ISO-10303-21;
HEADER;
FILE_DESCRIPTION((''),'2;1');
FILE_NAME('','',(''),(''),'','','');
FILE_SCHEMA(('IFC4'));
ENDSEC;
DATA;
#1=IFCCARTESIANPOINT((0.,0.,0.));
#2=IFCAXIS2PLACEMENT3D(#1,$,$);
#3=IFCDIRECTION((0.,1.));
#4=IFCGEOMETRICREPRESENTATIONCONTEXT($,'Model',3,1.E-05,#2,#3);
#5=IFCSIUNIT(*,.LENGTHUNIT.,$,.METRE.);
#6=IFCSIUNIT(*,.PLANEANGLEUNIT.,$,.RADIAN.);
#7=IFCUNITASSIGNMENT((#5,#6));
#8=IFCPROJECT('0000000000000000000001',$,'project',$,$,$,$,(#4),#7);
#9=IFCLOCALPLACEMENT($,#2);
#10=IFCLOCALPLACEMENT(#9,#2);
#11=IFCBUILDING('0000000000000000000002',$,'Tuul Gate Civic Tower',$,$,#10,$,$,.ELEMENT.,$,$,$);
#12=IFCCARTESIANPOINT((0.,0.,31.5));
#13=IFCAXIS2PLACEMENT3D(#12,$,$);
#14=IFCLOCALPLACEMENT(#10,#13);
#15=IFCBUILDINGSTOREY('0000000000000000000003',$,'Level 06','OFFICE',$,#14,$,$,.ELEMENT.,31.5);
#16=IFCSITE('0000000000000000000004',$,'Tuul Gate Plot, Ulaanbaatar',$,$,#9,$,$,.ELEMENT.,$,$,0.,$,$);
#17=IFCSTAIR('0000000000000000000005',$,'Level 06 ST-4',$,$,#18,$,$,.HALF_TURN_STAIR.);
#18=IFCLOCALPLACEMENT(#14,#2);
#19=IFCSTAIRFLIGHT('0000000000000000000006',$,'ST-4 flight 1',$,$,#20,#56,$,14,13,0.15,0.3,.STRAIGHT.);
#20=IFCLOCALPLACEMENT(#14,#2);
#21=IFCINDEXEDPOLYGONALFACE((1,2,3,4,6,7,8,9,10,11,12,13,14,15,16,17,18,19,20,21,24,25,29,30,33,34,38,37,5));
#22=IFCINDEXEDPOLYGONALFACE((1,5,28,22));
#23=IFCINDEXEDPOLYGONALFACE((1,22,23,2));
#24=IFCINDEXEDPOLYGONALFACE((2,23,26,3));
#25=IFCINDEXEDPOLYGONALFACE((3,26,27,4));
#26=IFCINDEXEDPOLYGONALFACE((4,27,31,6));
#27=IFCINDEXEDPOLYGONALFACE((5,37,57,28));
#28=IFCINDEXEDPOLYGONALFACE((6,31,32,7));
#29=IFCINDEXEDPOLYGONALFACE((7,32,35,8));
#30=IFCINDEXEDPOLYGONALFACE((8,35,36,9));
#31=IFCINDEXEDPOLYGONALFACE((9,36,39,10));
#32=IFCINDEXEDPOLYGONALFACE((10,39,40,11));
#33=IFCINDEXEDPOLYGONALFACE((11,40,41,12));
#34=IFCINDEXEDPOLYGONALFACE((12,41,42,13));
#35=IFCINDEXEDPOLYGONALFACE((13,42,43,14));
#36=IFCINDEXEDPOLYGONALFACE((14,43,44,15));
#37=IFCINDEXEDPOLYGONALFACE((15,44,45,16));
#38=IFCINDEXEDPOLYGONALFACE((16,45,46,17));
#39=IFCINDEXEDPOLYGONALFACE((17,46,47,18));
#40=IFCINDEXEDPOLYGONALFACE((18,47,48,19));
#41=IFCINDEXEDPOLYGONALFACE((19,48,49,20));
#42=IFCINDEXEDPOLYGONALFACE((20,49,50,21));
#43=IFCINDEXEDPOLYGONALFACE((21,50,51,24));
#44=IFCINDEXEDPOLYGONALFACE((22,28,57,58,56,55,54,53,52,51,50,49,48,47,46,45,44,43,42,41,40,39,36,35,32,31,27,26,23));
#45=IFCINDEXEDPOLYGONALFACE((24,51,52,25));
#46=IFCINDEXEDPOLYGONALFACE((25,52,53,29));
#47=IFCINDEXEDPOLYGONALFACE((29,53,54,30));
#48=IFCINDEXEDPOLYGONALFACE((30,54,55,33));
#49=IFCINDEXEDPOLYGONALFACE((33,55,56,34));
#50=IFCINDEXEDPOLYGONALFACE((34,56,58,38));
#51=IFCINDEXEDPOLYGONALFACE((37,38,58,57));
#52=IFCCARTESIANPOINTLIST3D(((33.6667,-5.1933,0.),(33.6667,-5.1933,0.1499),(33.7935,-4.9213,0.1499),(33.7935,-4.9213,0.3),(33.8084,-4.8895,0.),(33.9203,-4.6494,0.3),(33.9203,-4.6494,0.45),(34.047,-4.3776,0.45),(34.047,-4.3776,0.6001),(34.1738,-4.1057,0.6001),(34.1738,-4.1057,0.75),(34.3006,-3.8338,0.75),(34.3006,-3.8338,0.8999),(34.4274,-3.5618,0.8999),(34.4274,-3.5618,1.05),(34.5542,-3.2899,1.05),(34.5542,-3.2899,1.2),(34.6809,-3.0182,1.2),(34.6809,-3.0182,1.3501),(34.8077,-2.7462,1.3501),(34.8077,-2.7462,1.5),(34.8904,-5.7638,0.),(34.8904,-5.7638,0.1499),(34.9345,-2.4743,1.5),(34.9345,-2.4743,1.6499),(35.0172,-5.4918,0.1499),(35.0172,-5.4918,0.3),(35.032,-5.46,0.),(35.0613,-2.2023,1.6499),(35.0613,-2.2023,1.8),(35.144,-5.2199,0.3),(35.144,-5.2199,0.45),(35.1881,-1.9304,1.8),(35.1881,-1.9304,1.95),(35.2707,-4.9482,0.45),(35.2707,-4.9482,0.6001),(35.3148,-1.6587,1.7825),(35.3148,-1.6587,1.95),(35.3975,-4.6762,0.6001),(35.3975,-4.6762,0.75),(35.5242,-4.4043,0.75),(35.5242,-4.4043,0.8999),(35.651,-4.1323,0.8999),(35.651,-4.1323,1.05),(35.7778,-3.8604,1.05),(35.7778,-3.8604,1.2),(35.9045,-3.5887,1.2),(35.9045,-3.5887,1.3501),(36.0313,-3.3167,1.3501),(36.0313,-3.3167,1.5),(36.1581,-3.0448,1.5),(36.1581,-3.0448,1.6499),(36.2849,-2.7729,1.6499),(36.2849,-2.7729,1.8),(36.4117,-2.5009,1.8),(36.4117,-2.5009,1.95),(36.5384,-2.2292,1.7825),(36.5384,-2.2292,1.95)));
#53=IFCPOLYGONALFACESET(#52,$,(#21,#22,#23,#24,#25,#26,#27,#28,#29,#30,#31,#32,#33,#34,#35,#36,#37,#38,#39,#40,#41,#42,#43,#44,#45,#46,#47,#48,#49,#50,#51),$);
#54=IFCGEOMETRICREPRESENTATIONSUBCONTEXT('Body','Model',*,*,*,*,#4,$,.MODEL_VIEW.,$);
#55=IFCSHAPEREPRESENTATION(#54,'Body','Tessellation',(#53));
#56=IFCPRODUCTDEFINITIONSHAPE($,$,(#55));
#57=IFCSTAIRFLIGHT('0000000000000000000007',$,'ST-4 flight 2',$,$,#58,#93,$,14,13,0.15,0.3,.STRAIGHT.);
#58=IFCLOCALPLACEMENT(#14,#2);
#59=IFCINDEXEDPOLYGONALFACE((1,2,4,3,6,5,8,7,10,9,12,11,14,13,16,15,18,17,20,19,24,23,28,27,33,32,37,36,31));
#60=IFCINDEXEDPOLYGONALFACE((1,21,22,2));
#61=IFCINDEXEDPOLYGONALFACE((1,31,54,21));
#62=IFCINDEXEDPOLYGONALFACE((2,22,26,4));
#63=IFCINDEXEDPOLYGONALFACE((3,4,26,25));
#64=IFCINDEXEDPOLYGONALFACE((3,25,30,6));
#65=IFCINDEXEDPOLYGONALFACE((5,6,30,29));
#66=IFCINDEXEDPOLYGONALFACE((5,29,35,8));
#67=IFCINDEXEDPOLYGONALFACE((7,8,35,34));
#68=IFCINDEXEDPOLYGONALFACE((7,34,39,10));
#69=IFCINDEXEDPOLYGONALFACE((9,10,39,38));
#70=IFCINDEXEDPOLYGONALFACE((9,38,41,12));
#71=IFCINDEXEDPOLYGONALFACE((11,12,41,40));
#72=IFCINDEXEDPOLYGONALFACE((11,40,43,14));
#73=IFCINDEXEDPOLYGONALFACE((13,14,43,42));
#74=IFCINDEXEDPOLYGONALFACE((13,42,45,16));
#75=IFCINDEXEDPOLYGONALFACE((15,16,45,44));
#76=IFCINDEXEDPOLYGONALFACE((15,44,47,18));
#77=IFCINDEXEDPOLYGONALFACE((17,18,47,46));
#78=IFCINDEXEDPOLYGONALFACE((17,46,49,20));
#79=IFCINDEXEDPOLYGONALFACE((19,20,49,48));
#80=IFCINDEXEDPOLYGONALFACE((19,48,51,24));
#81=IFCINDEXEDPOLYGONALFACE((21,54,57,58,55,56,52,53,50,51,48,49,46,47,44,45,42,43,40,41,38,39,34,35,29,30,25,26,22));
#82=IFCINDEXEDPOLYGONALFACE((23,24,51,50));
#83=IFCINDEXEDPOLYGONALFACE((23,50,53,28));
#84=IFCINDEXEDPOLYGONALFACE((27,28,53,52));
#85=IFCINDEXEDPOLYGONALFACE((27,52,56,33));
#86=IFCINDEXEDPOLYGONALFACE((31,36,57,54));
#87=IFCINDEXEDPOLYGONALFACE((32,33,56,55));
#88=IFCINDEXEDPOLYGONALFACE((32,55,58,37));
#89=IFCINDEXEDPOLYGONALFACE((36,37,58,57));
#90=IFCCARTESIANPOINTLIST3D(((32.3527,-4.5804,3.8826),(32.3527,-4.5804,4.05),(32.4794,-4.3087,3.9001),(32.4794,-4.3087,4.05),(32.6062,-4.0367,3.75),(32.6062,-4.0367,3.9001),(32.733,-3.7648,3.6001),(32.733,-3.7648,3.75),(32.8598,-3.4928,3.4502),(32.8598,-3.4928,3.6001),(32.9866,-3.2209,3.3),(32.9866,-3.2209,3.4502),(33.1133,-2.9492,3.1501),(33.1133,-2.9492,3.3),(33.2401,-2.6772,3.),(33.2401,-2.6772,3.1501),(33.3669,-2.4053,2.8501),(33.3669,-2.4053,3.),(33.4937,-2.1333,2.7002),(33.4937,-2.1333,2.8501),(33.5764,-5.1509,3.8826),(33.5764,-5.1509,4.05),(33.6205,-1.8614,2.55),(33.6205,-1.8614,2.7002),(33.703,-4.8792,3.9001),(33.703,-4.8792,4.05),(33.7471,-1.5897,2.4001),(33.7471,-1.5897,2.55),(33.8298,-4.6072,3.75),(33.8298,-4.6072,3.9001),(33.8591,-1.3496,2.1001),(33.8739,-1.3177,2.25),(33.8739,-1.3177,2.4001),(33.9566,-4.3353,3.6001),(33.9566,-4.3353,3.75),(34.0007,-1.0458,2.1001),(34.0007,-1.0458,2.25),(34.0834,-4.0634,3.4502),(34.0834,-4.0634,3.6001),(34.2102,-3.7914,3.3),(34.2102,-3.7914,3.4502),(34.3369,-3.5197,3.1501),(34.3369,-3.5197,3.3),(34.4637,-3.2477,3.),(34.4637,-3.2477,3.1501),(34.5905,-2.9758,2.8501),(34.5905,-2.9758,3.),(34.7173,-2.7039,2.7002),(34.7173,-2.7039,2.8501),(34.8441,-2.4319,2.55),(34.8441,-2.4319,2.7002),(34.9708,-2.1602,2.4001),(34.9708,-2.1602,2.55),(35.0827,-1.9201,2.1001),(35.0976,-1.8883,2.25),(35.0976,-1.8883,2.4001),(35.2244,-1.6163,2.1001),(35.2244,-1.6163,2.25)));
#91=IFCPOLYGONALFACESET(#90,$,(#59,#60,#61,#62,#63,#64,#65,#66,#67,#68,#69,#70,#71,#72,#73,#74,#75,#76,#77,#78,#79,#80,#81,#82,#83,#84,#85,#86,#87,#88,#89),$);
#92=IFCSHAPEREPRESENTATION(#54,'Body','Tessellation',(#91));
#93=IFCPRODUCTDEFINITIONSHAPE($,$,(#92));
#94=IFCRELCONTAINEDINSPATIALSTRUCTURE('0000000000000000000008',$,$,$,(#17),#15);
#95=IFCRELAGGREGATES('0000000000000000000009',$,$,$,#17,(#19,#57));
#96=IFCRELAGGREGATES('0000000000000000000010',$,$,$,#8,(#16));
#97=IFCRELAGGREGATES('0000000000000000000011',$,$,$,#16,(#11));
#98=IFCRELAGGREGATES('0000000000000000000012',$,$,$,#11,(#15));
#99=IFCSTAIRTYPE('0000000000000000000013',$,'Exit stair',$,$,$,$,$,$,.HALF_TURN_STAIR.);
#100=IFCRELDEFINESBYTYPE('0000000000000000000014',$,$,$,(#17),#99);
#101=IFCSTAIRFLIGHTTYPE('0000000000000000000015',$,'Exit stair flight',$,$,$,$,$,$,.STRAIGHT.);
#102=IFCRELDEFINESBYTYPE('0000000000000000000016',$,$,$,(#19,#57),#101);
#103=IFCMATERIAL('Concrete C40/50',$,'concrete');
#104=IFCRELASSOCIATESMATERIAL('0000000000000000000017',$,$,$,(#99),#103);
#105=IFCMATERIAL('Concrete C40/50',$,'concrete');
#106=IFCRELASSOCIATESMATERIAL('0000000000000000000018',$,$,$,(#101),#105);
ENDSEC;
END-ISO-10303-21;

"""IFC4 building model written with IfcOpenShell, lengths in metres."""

from ifc_helpers import new_model, si_unit, direction, frame, origin, place, context, subcontext, project, spatial, polyline, outline, extrude, material, type_object, element, aggregate, save


model = new_model("IFC4")

# Units and contexts
model_context = context("Model", 3, precision=1e-05, world=origin(), true_north=direction((0.0, 1.0)))
body_context = subcontext(model_context, "Body", "Model", "MODEL_VIEW")
ifc_project = project(units=[si_unit("LENGTHUNIT", "METRE"), si_unit("PLANEANGLEUNIT", "RADIAN")], contexts=[model_context])

# Site, building, storey
site_placement = place(None, origin())
site = spatial("IfcSite", under=ifc_project, at=site_placement, Name="Tuul Gate Plot, Ulaanbaatar", CompositionType="ELEMENT", RefElevation=0.0)
building_placement = place(site_placement, origin())
building = spatial("IfcBuilding", under=site, at=building_placement, Name="Tuul Gate Civic Tower", CompositionType="ELEMENT")
storey_placement = place(building_placement, frame((0.0, 0.0, 31.5)))
storey = spatial("IfcBuildingStorey", under=building, at=storey_placement, Name="Level 06", Description="OFFICE", CompositionType="ELEMENT", Elevation=31.5)

# Stair, stair flights
ifc_material_1 = material(Name="Concrete C40/50", Category="concrete")
stair_type = type_object("IfcStairType", Name="Exit stair", PredefinedType="HALF_TURN_STAIR", material=ifc_material_1)
stair_placement = place(storey_placement, origin())
stair = element("IfcStair", 1, at=stair_placement, inside=storey, type_object=stair_type, Name="Level 06 ST-4", PredefinedType="HALF_TURN_STAIR")
ifc_material_2 = material(Name="Concrete C40/50", Category="concrete")
stair_flight_type = type_object("IfcStairFlightType", Name="Exit stair flight", PredefinedType="STRAIGHT", material=ifc_material_2)
stair_flight_1_placement = place(storey_placement, frame((34.2786, -5.4785, 0.0), z_axis=(0.0, 0.0, 1.0), x_axis=(0.422576, 0.906327, 0.0)))
stair_flight_1 = element("IfcStairFlight", 2, at=stair_flight_1_placement, type_object=stair_flight_type, Name="ST-4 flight 1", NumberOfRisers=14, NumberOfTreads=13, PredefinedType="STRAIGHT", RiserHeight=0.15, TreadLength=0.3, context=body_context, shape_type="SweptSolid", body=[
    extrude(outline(polyline([(0.0, 0.0), (0.0, 0.1499), (0.3, 0.1499), (0.3, 0.3), (0.6001, 0.3), (0.6001, 0.45), (0.8999, 0.45), (0.8999, 0.6001), (1.2, 0.6001), (1.2, 0.75), (1.5, 0.75), (1.5, 0.8999), (1.8, 0.8999), (1.8, 1.05), (2.1001, 1.05), (2.1001, 1.2), (2.3999, 1.2), (2.3999, 1.3501), (2.7, 1.3501), (2.7, 1.5), (3.0, 1.5), (3.0, 1.6499), (3.3, 1.6499), (3.3, 1.8), (3.6001, 1.8), (3.6001, 1.95), (3.8999, 1.95), (3.8999, 2.1001), (3.8999, 1.7825), (0.3352, 0.0), (0.0, 0.0)])), frame((0.0, 0.675, 0.0), z_axis=(0.0, -1.0, 0.0), x_axis=(1.0, 0.0, 0.0)), (0.0, 0.0, 1.0), 1.3501),
])
stair_flight_2_placement = place(storey_placement, frame((34.6125, -1.3311, 2.1001), z_axis=(0.0, 0.0, 1.0), x_axis=(-0.422576, -0.906327, 0.0)))
stair_flight_2 = element("IfcStairFlight", 3, at=stair_flight_2_placement, type_object=stair_flight_type, Name="ST-4 flight 2", NumberOfRisers=14, NumberOfTreads=13, PredefinedType="STRAIGHT", RiserHeight=0.15, TreadLength=0.3, context=body_context, shape_type="SweptSolid", body=[
    extrude(outline(polyline([(0.0, 0.0), (0.0, 0.1499), (0.3, 0.1499), (0.3, 0.3), (0.6001, 0.3), (0.6001, 0.45), (0.8999, 0.45), (0.8999, 0.6001), (1.2, 0.6001), (1.2, 0.75), (1.5, 0.75), (1.5, 0.8999), (1.8, 0.8999), (1.8, 1.05), (2.1001, 1.05), (2.1001, 1.2), (2.3999, 1.2), (2.3999, 1.3501), (2.7, 1.3501), (2.7, 1.5), (3.0, 1.5), (3.0, 1.6499), (3.3, 1.6499), (3.3, 1.8), (3.6001, 1.8), (3.6001, 1.95), (3.8999, 1.95), (3.8999, 2.1001), (3.8999, 1.7825), (0.3352, 0.0), (0.0, 0.0)])), frame((0.0, 0.675, 0.0), z_axis=(0.0, -1.0, 0.0), x_axis=(1.0, 0.0, 0.0)), (0.0, 0.0, 1.0), 1.3501),
])
aggregate(stair, [stair_flight_1, stair_flight_2])

save(model, "model.ifc")
